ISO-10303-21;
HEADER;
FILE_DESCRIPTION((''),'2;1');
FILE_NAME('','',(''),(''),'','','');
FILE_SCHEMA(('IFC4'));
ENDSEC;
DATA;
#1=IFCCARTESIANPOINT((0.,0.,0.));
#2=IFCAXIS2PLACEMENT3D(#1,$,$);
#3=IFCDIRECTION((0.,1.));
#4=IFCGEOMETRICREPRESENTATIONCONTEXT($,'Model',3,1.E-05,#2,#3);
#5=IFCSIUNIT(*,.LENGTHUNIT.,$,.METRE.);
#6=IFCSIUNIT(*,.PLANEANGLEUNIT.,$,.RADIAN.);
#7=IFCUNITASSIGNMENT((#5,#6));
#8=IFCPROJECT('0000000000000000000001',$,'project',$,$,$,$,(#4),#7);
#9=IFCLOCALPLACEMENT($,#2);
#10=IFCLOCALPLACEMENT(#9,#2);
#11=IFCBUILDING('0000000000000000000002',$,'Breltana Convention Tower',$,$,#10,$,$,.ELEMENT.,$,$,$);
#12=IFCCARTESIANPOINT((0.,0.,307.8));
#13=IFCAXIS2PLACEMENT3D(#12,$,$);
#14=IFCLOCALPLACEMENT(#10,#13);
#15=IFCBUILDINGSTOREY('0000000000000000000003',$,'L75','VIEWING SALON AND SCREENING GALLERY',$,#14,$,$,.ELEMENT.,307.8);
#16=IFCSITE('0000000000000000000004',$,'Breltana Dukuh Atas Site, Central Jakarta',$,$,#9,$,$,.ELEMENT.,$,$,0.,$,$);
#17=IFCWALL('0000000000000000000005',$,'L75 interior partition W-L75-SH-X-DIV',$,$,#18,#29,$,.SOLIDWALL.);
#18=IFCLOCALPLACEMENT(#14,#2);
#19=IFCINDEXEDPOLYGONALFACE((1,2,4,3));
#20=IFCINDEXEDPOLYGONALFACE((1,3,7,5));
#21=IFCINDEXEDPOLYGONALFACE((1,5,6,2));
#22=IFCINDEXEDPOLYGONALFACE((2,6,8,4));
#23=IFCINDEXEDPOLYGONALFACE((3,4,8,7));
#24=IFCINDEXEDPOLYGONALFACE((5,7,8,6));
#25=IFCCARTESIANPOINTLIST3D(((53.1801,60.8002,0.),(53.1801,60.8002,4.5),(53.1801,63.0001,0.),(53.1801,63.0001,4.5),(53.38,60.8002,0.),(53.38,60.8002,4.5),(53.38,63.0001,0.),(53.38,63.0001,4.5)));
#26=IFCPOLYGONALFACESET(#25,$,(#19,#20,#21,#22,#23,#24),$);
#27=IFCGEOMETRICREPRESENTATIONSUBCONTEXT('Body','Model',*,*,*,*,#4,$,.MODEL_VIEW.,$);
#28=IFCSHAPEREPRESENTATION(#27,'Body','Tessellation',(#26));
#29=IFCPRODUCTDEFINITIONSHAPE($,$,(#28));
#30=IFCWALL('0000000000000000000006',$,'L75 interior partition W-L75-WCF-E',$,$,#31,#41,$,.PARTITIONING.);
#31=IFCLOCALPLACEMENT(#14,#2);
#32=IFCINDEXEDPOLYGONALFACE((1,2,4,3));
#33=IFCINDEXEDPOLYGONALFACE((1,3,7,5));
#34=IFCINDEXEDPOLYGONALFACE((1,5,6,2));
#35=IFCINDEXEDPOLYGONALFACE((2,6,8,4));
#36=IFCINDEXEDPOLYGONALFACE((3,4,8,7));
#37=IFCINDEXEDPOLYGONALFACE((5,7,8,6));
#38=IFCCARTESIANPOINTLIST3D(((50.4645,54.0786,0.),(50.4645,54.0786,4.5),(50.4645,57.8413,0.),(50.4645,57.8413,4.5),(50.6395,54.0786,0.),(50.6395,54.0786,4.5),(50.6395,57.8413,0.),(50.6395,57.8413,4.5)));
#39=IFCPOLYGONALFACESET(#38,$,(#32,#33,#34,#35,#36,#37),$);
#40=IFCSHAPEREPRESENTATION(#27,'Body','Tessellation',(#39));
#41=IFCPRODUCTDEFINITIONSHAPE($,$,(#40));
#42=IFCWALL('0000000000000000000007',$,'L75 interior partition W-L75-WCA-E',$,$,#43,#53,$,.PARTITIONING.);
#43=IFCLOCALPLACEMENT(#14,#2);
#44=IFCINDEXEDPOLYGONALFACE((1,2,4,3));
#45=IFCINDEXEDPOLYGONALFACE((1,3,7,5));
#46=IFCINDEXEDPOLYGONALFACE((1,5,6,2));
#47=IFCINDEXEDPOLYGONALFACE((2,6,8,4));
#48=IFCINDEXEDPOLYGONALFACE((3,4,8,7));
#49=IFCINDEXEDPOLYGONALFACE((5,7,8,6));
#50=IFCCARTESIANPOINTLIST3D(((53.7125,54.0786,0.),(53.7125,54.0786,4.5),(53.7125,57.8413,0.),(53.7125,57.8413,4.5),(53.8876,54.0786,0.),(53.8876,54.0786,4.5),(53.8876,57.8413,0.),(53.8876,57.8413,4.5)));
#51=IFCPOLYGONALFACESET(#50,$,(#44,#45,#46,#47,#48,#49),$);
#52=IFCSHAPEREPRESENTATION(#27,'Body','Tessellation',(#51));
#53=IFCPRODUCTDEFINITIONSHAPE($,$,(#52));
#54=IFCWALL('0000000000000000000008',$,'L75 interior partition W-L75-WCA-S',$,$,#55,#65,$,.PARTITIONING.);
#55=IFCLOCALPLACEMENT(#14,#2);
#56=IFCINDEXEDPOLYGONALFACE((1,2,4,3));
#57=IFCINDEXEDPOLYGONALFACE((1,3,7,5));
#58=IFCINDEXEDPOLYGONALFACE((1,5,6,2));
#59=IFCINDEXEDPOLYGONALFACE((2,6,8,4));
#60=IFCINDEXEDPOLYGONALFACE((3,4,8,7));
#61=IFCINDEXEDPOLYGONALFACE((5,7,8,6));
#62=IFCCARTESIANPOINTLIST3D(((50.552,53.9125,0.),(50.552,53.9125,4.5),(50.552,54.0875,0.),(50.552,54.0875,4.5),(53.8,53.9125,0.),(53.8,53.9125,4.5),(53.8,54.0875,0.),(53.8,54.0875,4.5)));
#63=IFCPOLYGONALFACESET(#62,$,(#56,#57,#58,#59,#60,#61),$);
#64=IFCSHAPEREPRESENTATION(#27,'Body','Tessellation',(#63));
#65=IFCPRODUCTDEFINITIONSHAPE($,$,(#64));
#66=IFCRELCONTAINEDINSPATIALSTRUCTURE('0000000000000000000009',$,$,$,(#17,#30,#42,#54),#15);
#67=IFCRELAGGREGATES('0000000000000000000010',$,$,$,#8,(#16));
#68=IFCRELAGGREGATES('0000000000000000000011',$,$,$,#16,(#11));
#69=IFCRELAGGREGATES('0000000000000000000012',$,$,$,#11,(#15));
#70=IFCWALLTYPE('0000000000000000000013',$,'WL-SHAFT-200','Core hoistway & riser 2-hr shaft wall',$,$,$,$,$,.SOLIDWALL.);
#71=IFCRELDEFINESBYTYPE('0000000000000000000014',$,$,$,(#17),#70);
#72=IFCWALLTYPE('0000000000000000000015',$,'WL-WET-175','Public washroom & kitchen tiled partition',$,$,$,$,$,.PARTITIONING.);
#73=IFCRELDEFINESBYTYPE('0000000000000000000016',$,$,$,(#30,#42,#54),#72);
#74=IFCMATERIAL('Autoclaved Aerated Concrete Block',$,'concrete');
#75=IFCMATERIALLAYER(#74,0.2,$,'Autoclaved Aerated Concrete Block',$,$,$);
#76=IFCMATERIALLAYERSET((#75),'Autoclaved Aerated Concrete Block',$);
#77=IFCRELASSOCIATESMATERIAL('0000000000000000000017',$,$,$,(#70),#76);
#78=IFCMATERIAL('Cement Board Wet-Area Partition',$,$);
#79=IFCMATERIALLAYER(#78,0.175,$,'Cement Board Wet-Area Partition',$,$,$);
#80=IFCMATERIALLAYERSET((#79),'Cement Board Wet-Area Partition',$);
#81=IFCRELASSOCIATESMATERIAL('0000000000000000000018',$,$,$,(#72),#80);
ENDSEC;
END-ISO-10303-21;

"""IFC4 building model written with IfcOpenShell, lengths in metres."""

from ifc_helpers import new_model, si_unit, direction, frame, frame_2d, origin, place, context, subcontext, project, spatial, rectangle, extrude, source, transform, mapped, material, layer, layer_set, type_object, element, save


model = new_model("IFC4")

# Units and contexts
model_context = context("Model", 3, precision=1e-05, world=origin(), true_north=direction((0.0, 1.0)))
body_context = subcontext(model_context, "Body", "Model", "MODEL_VIEW")
ifc_project = project(units=[si_unit("LENGTHUNIT", "METRE"), si_unit("PLANEANGLEUNIT", "RADIAN")], contexts=[model_context])

# Site, building, storey
site_placement = place(None, origin())
site = spatial("IfcSite", under=ifc_project, at=site_placement, Name="Breltana Dukuh Atas Site, Central Jakarta", CompositionType="ELEMENT", RefElevation=0.0)
building_placement = place(site_placement, origin())
building = spatial("IfcBuilding", under=site, at=building_placement, Name="Breltana Convention Tower", CompositionType="ELEMENT")
storey_placement = place(building_placement, frame((0.0, 0.0, 307.8)))
storey = spatial("IfcBuildingStorey", under=building, at=storey_placement, Name="L75", Description="VIEWING SALON AND SCREENING GALLERY", CompositionType="ELEMENT", Elevation=307.8)

# Walls
ifc_material_1 = material(Name="Autoclaved Aerated Concrete Block", Category="concrete")
ifc_layer_1 = layer(ifc_material_1, 0.2, Name="Autoclaved Aerated Concrete Block")
ifc_layer_set_1 = layer_set([ifc_layer_1], Name="Autoclaved Aerated Concrete Block")
wall_type_1 = type_object("IfcWallType", Name="WL-SHAFT-200", Description="Core hoistway & riser 2-hr shaft wall", PredefinedType="SOLIDWALL", material=ifc_layer_set_1)
shared_shape_1 = source(origin(), body_context, "Body", "SweptSolid", [
    extrude(rectangle(XDim=2.2, YDim=0.2, at=frame_2d((1.1001, 0.0))), origin(), (0.0, 0.0, 1.0), 4.5),
])
for number, where, z_axis, x_axis, name in (
    (1, (53.28, 60.8, 0.0), (0.0, 0.0, 1.0), (0.0, 1.0, 0.0), "L75 interior partition W-L75-SH-X-DIV"),
):
    element("IfcWall", number, at=place(storey_placement, frame(where, z_axis=z_axis, x_axis=x_axis)), inside=storey, type_object=wall_type_1, Name=name, PredefinedType="SOLIDWALL", context=body_context, shape_type="MappedRepresentation", body=[
        mapped(shared_shape_1, transform((0.0, 0.0, 0.0), scale=1.0)),
    ])
ifc_material_2 = material(Name="Cement Board Wet-Area Partition")
ifc_layer_2 = layer(ifc_material_2, 0.175, Name="Cement Board Wet-Area Partition")
ifc_layer_set_2 = layer_set([ifc_layer_2], Name="Cement Board Wet-Area Partition")
wall_type_2 = type_object("IfcWallType", Name="WL-WET-175", Description="Public washroom & kitchen tiled partition", PredefinedType="PARTITIONING", material=ifc_layer_set_2)
shared_shape_2 = source(origin(), body_context, "Body", "SweptSolid", [
    extrude(rectangle(XDim=3.7627, YDim=0.175, at=frame_2d((1.8813, 0.0))), origin(), (0.0, 0.0, 1.0), 4.5),
])
for number, where, z_axis, x_axis, name in (
    (2, (50.552, 54.0786, 0.0), (0.0, 0.0, 1.0), (0.0, 1.0, 0.0), "L75 interior partition W-L75-WCF-E"),
    (3, (53.8, 54.0786, 0.0), (0.0, 0.0, 1.0), (0.0, 1.0, 0.0), "L75 interior partition W-L75-WCA-E"),
):
    element("IfcWall", number, at=place(storey_placement, frame(where, z_axis=z_axis, x_axis=x_axis)), inside=storey, type_object=wall_type_2, Name=name, PredefinedType="PARTITIONING", context=body_context, shape_type="MappedRepresentation", body=[
        mapped(shared_shape_2, transform((0.0, 0.0, 0.0), scale=1.0)),
    ])
shared_shape_3 = source(origin(), body_context, "Body", "SweptSolid", [
    extrude(rectangle(XDim=3.248, YDim=0.175, at=frame_2d((1.624, 0.0))), origin(), (0.0, 0.0, 1.0), 4.5),
])
wall_1_placement = place(storey_placement, frame((50.552, 54.0, 0.0), z_axis=(0.0, 0.0, 1.0), x_axis=(1.0, 0.0, 0.0)))
element("IfcWall", 4, at=wall_1_placement, inside=storey, type_object=wall_type_2, Name="L75 interior partition W-L75-WCA-S", PredefinedType="PARTITIONING", context=body_context, shape_type="MappedRepresentation", body=[
    mapped(shared_shape_3, transform((0.0, 0.0, 0.0), scale=1.0)),
])

save(model, "model.ifc")
